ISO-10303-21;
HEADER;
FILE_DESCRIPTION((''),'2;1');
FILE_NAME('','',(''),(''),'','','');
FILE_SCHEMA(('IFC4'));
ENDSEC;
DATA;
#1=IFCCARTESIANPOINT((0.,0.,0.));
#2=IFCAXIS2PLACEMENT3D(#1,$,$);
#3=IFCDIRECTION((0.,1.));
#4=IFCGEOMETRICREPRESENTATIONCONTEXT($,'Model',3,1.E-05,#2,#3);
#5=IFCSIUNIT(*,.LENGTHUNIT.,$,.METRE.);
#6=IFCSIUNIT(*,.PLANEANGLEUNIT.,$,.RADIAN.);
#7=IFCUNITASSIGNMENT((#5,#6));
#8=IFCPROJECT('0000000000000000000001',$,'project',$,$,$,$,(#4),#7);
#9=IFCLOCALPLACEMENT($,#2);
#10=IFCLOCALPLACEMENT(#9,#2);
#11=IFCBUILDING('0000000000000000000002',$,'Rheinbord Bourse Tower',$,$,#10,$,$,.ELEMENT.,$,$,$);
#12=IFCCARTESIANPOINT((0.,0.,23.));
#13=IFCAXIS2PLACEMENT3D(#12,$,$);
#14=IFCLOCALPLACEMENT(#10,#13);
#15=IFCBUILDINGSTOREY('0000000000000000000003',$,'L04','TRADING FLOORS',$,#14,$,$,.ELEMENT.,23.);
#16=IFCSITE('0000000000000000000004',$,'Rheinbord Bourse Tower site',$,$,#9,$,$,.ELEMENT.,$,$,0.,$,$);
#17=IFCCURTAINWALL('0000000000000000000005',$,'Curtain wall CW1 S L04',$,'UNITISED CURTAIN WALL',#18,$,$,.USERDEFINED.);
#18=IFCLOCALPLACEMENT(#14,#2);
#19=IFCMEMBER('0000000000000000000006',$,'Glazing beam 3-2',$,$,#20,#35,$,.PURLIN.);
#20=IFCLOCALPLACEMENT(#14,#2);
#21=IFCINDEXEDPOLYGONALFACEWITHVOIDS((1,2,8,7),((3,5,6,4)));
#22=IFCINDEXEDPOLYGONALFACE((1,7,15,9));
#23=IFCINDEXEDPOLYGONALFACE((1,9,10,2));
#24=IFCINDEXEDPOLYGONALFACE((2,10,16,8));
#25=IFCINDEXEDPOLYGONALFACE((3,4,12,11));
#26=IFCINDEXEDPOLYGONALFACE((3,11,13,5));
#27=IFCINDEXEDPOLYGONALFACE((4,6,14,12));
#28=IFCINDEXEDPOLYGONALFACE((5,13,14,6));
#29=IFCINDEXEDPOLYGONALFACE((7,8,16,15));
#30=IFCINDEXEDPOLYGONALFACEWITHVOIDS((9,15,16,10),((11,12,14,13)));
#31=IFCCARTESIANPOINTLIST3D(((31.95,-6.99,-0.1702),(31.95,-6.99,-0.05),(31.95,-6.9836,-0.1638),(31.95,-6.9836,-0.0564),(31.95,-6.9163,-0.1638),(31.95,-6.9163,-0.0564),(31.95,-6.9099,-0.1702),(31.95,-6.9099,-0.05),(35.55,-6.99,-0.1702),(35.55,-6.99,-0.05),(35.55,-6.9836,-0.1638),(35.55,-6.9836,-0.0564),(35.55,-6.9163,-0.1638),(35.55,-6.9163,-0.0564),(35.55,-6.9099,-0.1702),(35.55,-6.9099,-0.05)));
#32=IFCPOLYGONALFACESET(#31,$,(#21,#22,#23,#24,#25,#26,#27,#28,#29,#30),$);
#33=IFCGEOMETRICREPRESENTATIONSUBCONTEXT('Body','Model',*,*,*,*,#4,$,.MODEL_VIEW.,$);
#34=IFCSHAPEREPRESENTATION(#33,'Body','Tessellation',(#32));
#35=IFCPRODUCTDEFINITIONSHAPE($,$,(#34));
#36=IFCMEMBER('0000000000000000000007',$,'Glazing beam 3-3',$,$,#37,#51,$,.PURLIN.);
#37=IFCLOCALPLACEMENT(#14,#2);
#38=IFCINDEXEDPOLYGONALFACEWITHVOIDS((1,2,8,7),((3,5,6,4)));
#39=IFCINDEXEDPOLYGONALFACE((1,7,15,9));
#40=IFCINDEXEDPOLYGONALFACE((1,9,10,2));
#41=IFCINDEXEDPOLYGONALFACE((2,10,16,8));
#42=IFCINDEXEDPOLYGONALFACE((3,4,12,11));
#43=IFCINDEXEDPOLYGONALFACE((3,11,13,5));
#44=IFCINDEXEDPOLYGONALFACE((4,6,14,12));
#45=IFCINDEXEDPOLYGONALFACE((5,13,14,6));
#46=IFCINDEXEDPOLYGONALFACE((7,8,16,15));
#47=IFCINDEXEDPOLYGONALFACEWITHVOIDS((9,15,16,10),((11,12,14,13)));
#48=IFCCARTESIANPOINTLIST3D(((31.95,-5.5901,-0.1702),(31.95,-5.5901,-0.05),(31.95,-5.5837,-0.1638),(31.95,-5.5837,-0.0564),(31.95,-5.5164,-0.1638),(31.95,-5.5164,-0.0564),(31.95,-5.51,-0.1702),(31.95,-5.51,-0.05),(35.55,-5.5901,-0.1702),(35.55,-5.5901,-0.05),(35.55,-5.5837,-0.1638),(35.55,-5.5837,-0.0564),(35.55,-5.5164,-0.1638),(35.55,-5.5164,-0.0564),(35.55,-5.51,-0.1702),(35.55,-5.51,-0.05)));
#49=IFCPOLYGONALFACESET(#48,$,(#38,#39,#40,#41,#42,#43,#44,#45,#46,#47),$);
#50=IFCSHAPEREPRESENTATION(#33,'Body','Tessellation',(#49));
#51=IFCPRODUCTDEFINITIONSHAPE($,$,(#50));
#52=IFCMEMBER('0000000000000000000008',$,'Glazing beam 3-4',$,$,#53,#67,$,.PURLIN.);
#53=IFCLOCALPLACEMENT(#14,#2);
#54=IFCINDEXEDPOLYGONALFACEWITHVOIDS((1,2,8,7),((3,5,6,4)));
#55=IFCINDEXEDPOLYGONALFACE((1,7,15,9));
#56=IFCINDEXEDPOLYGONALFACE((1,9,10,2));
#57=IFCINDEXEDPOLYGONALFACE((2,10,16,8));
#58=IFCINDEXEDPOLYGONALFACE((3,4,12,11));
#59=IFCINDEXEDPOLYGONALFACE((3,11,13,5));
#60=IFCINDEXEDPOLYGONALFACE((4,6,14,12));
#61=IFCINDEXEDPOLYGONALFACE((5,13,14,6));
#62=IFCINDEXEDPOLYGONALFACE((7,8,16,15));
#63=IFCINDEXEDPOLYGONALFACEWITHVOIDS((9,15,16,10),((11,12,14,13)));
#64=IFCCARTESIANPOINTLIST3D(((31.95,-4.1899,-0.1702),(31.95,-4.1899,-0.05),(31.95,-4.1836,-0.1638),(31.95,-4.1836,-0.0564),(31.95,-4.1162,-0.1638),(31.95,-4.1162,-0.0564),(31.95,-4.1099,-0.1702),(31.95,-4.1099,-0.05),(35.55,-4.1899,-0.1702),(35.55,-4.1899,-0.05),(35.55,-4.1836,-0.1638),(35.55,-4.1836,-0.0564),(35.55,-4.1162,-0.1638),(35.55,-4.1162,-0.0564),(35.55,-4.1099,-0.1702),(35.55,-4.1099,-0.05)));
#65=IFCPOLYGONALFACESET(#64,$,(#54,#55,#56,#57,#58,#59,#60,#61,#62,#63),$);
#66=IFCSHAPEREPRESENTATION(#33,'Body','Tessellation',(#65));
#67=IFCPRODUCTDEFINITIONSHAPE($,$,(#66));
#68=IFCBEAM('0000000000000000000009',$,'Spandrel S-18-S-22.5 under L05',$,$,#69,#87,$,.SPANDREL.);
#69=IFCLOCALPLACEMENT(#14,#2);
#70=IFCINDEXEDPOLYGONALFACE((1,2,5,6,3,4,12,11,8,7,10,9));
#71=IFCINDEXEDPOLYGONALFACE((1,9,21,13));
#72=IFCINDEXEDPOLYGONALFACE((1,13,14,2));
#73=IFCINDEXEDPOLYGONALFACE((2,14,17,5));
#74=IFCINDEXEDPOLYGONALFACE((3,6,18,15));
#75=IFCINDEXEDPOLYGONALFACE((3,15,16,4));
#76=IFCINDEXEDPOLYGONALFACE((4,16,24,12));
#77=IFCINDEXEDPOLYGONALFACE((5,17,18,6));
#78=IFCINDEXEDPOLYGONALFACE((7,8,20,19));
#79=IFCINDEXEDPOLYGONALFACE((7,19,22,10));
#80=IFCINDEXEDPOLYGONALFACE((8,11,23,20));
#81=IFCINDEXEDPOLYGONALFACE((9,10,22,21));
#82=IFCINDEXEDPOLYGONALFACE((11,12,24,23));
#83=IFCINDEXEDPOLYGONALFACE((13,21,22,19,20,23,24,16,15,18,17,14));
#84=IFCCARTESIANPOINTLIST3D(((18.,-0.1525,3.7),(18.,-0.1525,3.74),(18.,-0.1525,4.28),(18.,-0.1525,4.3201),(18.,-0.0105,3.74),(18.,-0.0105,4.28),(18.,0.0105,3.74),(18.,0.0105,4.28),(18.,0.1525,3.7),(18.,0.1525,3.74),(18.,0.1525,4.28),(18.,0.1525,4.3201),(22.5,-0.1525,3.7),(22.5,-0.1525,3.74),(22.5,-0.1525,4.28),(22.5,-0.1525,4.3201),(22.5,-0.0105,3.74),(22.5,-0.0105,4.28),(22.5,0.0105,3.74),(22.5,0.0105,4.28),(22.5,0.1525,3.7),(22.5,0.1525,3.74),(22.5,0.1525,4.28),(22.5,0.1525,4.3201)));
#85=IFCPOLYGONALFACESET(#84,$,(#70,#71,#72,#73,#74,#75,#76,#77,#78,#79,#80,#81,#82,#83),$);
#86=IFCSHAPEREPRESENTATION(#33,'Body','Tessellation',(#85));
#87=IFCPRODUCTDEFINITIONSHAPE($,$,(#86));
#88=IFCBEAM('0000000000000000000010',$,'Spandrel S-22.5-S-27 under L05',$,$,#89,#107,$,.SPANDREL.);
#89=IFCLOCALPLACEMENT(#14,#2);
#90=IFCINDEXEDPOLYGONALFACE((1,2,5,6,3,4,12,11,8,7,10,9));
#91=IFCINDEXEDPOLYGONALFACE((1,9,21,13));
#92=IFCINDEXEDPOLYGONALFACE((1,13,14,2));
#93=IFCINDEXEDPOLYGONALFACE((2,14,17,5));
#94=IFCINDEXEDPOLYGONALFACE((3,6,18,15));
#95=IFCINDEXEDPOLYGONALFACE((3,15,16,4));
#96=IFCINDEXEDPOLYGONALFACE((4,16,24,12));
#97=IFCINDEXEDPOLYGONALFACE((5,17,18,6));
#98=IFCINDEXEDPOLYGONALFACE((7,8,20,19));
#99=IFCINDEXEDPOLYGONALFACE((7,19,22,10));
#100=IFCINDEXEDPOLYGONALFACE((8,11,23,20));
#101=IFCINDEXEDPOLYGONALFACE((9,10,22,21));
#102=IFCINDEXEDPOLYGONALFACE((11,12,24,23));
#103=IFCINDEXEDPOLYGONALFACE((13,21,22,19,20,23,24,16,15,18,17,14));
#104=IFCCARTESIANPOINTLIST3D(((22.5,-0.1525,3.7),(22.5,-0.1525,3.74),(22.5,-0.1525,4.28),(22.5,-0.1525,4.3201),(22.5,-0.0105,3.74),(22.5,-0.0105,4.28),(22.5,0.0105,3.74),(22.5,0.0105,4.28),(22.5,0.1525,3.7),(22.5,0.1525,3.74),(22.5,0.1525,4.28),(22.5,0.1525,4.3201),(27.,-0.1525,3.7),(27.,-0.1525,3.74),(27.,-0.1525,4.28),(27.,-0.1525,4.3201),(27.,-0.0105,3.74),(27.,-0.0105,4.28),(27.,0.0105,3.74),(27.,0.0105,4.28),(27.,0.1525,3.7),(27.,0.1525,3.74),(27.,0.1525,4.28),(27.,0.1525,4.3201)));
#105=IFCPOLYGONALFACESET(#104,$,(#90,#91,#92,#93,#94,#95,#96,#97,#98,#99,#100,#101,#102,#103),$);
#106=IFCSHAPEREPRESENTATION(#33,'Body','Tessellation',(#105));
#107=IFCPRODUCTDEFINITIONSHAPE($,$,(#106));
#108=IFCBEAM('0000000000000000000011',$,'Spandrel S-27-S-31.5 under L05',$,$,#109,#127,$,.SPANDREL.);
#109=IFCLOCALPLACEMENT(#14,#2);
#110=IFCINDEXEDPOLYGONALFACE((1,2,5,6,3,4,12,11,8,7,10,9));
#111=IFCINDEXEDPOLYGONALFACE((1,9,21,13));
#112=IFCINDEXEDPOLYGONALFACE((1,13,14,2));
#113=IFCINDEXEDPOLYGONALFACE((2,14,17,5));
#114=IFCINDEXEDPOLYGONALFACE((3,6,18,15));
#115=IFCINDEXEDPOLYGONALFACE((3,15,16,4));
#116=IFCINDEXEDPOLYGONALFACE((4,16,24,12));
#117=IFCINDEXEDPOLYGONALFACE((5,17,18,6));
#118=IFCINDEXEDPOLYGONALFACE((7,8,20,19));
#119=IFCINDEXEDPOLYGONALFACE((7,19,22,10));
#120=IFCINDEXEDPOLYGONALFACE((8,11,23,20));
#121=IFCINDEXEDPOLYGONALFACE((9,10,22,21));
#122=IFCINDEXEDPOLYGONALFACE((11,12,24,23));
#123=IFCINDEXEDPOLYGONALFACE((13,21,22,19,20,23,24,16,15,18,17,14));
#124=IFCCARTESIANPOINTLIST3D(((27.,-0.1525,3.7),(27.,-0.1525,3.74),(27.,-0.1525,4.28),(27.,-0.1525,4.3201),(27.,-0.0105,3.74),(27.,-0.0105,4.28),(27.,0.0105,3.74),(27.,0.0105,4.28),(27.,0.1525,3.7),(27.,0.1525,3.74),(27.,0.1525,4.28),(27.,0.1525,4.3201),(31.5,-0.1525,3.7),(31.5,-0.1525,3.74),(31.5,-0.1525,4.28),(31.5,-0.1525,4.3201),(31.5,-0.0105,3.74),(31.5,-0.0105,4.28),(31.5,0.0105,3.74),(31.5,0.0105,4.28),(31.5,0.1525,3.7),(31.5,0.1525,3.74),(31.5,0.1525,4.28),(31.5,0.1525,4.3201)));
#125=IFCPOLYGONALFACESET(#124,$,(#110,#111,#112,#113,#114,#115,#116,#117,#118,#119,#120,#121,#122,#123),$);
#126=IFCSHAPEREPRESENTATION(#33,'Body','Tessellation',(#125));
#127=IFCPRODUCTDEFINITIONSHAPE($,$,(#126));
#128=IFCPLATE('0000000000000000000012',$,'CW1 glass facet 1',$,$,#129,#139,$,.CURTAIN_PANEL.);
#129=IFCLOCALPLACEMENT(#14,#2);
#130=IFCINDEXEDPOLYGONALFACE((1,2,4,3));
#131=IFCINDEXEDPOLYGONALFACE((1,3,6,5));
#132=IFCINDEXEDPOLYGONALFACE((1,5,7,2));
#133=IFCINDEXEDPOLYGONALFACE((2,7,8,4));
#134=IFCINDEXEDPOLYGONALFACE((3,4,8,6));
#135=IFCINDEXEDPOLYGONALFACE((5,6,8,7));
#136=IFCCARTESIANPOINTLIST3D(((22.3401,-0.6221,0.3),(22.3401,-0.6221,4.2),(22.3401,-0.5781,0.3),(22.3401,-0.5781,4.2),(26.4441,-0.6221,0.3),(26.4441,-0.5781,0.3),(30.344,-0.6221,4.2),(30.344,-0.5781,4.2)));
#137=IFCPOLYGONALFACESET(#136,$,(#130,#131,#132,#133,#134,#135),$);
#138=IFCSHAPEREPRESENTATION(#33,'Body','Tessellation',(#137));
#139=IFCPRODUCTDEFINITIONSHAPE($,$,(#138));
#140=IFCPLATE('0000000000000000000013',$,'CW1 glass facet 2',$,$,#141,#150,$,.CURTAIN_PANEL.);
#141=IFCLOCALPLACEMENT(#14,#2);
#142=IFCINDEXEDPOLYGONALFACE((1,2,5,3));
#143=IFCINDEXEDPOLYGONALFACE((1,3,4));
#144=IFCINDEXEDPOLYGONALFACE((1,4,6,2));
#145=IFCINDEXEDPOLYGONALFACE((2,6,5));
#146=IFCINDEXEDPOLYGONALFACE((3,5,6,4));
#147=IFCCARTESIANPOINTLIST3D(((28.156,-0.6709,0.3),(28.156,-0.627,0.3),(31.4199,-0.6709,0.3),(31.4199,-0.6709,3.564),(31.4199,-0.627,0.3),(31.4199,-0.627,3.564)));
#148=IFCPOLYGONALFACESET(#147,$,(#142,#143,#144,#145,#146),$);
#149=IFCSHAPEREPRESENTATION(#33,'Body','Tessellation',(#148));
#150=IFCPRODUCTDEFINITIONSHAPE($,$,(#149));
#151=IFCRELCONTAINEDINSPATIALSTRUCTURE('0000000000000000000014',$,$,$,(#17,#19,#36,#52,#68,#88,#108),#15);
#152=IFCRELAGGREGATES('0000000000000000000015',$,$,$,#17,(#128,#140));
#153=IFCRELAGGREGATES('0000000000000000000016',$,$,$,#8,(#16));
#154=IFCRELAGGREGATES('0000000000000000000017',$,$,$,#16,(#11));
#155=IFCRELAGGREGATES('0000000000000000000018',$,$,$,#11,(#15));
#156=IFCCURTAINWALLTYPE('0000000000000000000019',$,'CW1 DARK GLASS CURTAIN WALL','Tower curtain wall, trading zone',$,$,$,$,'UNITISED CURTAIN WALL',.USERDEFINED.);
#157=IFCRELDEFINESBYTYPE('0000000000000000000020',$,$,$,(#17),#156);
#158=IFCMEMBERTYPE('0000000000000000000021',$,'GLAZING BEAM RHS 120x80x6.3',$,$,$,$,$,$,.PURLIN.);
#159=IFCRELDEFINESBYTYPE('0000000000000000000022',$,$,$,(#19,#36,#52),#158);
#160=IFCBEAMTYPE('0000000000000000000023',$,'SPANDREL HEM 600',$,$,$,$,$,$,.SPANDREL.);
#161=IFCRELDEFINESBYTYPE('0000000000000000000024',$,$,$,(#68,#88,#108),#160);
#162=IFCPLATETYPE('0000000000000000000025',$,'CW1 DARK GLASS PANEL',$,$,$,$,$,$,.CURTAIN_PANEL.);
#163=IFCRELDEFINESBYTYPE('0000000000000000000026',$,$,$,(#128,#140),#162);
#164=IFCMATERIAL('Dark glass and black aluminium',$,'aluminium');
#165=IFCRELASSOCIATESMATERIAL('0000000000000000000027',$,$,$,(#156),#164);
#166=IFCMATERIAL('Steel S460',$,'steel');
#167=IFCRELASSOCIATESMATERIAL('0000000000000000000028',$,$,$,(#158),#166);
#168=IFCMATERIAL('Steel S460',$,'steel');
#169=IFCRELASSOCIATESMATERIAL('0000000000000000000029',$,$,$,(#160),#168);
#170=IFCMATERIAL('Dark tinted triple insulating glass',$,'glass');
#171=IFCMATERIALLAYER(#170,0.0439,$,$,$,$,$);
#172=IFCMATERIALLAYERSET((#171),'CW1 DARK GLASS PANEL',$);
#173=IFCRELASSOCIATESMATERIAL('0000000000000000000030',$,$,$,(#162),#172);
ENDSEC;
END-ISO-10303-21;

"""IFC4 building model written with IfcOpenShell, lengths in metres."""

from ifc_helpers import new_model, si_unit, direction, frame, origin, origin_2d, place, context, subcontext, project, spatial, polyline, hollow_rectangle, i_section, outline, extrude, material, layer, layer_set, material_profile, profile_set, type_object, element, aggregate, save


model = new_model("IFC4")

# Units and contexts
model_context = context("Model", 3, precision=1e-05, world=origin(), true_north=direction((0.0, 1.0)))
body_context = subcontext(model_context, "Body", "Model", "MODEL_VIEW")
ifc_project = project(units=[si_unit("LENGTHUNIT", "METRE"), si_unit("PLANEANGLEUNIT", "RADIAN")], contexts=[model_context])

# Site, building, storey
site_placement = place(None, origin())
site = spatial("IfcSite", under=ifc_project, at=site_placement, Name="Rheinbord Bourse Tower site", CompositionType="ELEMENT", RefElevation=0.0)
building_placement = place(site_placement, origin())
building = spatial("IfcBuilding", under=site, at=building_placement, Name="Rheinbord Bourse Tower", CompositionType="ELEMENT")
storey_placement = place(building_placement, frame((0.0, 0.0, 23.0)))
storey = spatial("IfcBuildingStorey", under=building, at=storey_placement, Name="L04", Description="TRADING FLOORS", CompositionType="ELEMENT", Elevation=23.0)

# Curtain wall
ifc_material_1 = material(Name="Dark glass and black aluminium", Category="aluminium")
curtain_wall_type = type_object("IfcCurtainWallType", Name="CW1 DARK GLASS CURTAIN WALL", Description="Tower curtain wall, trading zone", ElementType="UNITISED CURTAIN WALL", PredefinedType="USERDEFINED", material=ifc_material_1)
curtain_wall_placement = place(storey_placement, origin())
curtain_wall = element("IfcCurtainWall", 1, at=curtain_wall_placement, inside=storey, type_object=curtain_wall_type, Name="Curtain wall CW1 S L04", ObjectType="UNITISED CURTAIN WALL", PredefinedType="USERDEFINED")

# Members
ifc_material_2 = material(Name="Steel S460", Category="steel")
ifc_material_profile_1 = material_profile(ifc_material_2, hollow_rectangle(XDim=0.0801, YDim=0.1201, WallThickness=0.0063, at=origin_2d()), Name="RHS 120x80x6.3")
ifc_profile_set_1 = profile_set([ifc_material_profile_1], Name="Steel S460")
member_type_1 = type_object("IfcMemberType", Name="GLAZING BEAM RHS 120x80x6.3", PredefinedType="PURLIN", material=ifc_profile_set_1)
for number, where, z_axis, x_axis, name in (
    (2, (31.95, -6.95, -0.1101), (1.0, 0.0, 0.0), (0.0, 1.0, 0.0), "Glazing beam 3-2"),
    (3, (31.95, -5.55, -0.1101), (1.0, 0.0, 0.0), (0.0, 1.0, 0.0), "Glazing beam 3-3"),
    (4, (31.95, -4.1499, -0.1101), (1.0, 0.0, 0.0), (0.0, 1.0, 0.0), "Glazing beam 3-4"),
):
    element("IfcMember", number, at=place(storey_placement, frame(where, z_axis=z_axis, x_axis=x_axis)), inside=storey, type_object=member_type_1, Name=name, PredefinedType="PURLIN", context=body_context, shape_type="SweptSolid", body=[
        extrude(hollow_rectangle(XDim=0.0801, YDim=0.1201, WallThickness=0.0063, at=origin_2d()), origin(), (0.0, 0.0, 1.0), 3.6001),
    ])

# Beams
ifc_material_3 = material(Name="Steel S460", Category="steel")
ifc_material_profile_2 = material_profile(ifc_material_3, i_section(OverallWidth=0.3049, OverallDepth=0.6201, WebThickness=0.021, FlangeThickness=0.04, at=origin_2d()), Name="HEM 600")
ifc_profile_set_2 = profile_set([ifc_material_profile_2], Name="Steel S460")
beam_type_1 = type_object("IfcBeamType", Name="SPANDREL HEM 600", PredefinedType="SPANDREL", material=ifc_profile_set_2)
for number, where, z_axis, x_axis, name in (
    (5, (18.0, 0.0, 4.01), (1.0, 0.0, 0.0), (0.0, 1.0, 0.0), "Spandrel S-18-S-22.5 under L05"),
    (6, (22.5, 0.0, 4.01), (1.0, 0.0, 0.0), (0.0, 1.0, 0.0), "Spandrel S-22.5-S-27 under L05"),
    (7, (27.0, 0.0, 4.01), (1.0, 0.0, 0.0), (0.0, 1.0, 0.0), "Spandrel S-27-S-31.5 under L05"),
):
    element("IfcBeam", number, at=place(storey_placement, frame(where, z_axis=z_axis, x_axis=x_axis)), inside=storey, type_object=beam_type_1, Name=name, PredefinedType="SPANDREL", context=body_context, shape_type="SweptSolid", body=[
        extrude(i_section(OverallWidth=0.3049, OverallDepth=0.6201, WebThickness=0.021, FlangeThickness=0.04, at=origin_2d()), origin(), (0.0, 0.0, 1.0), 4.5),
    ])

# Plates
ifc_material_4 = material(Name="Dark tinted triple insulating glass", Category="glass")
ifc_layer_1 = layer(ifc_material_4, 0.0439)
ifc_layer_set_1 = layer_set([ifc_layer_1], Name="CW1 DARK GLASS PANEL")
plate_type = type_object("IfcPlateType", Name="CW1 DARK GLASS PANEL", PredefinedType="CURTAIN_PANEL", material=ifc_layer_set_1)
plate_1_placement = place(storey_placement, frame((22.3401, -0.6221, 0.3), z_axis=(0.0, 1.0, 0.0), x_axis=(0.0, 0.0, 1.0)))
plate_1 = element("IfcPlate", 8, at=plate_1_placement, type_object=plate_type, Name="CW1 glass facet 1", PredefinedType="CURTAIN_PANEL", context=body_context, shape_type="SweptSolid", body=[
    extrude(outline(polyline([(0.0, 0.0), (3.8999, 0.0), (3.8999, 8.0039), (0.0, 4.104), (0.0, 0.0)])), origin(), (0.0, 0.0, 1.0), 0.0439),
])
plate_2_placement = place(storey_placement, frame((31.4199, -0.6709, 0.3), z_axis=(0.0, 1.0, 0.0), x_axis=(-1.0, 0.0, 0.0)))
plate_2 = element("IfcPlate", 9, at=plate_2_placement, type_object=plate_type, Name="CW1 glass facet 2", PredefinedType="CURTAIN_PANEL", context=body_context, shape_type="SweptSolid", body=[
    extrude(outline(polyline([(0.0, 0.0), (3.2639, 0.0), (0.0, 3.2639), (0.0, 0.0)])), origin(), (0.0, 0.0, 1.0), 0.0439),
])
aggregate(curtain_wall, [plate_1, plate_2])

save(model, "model.ifc")
